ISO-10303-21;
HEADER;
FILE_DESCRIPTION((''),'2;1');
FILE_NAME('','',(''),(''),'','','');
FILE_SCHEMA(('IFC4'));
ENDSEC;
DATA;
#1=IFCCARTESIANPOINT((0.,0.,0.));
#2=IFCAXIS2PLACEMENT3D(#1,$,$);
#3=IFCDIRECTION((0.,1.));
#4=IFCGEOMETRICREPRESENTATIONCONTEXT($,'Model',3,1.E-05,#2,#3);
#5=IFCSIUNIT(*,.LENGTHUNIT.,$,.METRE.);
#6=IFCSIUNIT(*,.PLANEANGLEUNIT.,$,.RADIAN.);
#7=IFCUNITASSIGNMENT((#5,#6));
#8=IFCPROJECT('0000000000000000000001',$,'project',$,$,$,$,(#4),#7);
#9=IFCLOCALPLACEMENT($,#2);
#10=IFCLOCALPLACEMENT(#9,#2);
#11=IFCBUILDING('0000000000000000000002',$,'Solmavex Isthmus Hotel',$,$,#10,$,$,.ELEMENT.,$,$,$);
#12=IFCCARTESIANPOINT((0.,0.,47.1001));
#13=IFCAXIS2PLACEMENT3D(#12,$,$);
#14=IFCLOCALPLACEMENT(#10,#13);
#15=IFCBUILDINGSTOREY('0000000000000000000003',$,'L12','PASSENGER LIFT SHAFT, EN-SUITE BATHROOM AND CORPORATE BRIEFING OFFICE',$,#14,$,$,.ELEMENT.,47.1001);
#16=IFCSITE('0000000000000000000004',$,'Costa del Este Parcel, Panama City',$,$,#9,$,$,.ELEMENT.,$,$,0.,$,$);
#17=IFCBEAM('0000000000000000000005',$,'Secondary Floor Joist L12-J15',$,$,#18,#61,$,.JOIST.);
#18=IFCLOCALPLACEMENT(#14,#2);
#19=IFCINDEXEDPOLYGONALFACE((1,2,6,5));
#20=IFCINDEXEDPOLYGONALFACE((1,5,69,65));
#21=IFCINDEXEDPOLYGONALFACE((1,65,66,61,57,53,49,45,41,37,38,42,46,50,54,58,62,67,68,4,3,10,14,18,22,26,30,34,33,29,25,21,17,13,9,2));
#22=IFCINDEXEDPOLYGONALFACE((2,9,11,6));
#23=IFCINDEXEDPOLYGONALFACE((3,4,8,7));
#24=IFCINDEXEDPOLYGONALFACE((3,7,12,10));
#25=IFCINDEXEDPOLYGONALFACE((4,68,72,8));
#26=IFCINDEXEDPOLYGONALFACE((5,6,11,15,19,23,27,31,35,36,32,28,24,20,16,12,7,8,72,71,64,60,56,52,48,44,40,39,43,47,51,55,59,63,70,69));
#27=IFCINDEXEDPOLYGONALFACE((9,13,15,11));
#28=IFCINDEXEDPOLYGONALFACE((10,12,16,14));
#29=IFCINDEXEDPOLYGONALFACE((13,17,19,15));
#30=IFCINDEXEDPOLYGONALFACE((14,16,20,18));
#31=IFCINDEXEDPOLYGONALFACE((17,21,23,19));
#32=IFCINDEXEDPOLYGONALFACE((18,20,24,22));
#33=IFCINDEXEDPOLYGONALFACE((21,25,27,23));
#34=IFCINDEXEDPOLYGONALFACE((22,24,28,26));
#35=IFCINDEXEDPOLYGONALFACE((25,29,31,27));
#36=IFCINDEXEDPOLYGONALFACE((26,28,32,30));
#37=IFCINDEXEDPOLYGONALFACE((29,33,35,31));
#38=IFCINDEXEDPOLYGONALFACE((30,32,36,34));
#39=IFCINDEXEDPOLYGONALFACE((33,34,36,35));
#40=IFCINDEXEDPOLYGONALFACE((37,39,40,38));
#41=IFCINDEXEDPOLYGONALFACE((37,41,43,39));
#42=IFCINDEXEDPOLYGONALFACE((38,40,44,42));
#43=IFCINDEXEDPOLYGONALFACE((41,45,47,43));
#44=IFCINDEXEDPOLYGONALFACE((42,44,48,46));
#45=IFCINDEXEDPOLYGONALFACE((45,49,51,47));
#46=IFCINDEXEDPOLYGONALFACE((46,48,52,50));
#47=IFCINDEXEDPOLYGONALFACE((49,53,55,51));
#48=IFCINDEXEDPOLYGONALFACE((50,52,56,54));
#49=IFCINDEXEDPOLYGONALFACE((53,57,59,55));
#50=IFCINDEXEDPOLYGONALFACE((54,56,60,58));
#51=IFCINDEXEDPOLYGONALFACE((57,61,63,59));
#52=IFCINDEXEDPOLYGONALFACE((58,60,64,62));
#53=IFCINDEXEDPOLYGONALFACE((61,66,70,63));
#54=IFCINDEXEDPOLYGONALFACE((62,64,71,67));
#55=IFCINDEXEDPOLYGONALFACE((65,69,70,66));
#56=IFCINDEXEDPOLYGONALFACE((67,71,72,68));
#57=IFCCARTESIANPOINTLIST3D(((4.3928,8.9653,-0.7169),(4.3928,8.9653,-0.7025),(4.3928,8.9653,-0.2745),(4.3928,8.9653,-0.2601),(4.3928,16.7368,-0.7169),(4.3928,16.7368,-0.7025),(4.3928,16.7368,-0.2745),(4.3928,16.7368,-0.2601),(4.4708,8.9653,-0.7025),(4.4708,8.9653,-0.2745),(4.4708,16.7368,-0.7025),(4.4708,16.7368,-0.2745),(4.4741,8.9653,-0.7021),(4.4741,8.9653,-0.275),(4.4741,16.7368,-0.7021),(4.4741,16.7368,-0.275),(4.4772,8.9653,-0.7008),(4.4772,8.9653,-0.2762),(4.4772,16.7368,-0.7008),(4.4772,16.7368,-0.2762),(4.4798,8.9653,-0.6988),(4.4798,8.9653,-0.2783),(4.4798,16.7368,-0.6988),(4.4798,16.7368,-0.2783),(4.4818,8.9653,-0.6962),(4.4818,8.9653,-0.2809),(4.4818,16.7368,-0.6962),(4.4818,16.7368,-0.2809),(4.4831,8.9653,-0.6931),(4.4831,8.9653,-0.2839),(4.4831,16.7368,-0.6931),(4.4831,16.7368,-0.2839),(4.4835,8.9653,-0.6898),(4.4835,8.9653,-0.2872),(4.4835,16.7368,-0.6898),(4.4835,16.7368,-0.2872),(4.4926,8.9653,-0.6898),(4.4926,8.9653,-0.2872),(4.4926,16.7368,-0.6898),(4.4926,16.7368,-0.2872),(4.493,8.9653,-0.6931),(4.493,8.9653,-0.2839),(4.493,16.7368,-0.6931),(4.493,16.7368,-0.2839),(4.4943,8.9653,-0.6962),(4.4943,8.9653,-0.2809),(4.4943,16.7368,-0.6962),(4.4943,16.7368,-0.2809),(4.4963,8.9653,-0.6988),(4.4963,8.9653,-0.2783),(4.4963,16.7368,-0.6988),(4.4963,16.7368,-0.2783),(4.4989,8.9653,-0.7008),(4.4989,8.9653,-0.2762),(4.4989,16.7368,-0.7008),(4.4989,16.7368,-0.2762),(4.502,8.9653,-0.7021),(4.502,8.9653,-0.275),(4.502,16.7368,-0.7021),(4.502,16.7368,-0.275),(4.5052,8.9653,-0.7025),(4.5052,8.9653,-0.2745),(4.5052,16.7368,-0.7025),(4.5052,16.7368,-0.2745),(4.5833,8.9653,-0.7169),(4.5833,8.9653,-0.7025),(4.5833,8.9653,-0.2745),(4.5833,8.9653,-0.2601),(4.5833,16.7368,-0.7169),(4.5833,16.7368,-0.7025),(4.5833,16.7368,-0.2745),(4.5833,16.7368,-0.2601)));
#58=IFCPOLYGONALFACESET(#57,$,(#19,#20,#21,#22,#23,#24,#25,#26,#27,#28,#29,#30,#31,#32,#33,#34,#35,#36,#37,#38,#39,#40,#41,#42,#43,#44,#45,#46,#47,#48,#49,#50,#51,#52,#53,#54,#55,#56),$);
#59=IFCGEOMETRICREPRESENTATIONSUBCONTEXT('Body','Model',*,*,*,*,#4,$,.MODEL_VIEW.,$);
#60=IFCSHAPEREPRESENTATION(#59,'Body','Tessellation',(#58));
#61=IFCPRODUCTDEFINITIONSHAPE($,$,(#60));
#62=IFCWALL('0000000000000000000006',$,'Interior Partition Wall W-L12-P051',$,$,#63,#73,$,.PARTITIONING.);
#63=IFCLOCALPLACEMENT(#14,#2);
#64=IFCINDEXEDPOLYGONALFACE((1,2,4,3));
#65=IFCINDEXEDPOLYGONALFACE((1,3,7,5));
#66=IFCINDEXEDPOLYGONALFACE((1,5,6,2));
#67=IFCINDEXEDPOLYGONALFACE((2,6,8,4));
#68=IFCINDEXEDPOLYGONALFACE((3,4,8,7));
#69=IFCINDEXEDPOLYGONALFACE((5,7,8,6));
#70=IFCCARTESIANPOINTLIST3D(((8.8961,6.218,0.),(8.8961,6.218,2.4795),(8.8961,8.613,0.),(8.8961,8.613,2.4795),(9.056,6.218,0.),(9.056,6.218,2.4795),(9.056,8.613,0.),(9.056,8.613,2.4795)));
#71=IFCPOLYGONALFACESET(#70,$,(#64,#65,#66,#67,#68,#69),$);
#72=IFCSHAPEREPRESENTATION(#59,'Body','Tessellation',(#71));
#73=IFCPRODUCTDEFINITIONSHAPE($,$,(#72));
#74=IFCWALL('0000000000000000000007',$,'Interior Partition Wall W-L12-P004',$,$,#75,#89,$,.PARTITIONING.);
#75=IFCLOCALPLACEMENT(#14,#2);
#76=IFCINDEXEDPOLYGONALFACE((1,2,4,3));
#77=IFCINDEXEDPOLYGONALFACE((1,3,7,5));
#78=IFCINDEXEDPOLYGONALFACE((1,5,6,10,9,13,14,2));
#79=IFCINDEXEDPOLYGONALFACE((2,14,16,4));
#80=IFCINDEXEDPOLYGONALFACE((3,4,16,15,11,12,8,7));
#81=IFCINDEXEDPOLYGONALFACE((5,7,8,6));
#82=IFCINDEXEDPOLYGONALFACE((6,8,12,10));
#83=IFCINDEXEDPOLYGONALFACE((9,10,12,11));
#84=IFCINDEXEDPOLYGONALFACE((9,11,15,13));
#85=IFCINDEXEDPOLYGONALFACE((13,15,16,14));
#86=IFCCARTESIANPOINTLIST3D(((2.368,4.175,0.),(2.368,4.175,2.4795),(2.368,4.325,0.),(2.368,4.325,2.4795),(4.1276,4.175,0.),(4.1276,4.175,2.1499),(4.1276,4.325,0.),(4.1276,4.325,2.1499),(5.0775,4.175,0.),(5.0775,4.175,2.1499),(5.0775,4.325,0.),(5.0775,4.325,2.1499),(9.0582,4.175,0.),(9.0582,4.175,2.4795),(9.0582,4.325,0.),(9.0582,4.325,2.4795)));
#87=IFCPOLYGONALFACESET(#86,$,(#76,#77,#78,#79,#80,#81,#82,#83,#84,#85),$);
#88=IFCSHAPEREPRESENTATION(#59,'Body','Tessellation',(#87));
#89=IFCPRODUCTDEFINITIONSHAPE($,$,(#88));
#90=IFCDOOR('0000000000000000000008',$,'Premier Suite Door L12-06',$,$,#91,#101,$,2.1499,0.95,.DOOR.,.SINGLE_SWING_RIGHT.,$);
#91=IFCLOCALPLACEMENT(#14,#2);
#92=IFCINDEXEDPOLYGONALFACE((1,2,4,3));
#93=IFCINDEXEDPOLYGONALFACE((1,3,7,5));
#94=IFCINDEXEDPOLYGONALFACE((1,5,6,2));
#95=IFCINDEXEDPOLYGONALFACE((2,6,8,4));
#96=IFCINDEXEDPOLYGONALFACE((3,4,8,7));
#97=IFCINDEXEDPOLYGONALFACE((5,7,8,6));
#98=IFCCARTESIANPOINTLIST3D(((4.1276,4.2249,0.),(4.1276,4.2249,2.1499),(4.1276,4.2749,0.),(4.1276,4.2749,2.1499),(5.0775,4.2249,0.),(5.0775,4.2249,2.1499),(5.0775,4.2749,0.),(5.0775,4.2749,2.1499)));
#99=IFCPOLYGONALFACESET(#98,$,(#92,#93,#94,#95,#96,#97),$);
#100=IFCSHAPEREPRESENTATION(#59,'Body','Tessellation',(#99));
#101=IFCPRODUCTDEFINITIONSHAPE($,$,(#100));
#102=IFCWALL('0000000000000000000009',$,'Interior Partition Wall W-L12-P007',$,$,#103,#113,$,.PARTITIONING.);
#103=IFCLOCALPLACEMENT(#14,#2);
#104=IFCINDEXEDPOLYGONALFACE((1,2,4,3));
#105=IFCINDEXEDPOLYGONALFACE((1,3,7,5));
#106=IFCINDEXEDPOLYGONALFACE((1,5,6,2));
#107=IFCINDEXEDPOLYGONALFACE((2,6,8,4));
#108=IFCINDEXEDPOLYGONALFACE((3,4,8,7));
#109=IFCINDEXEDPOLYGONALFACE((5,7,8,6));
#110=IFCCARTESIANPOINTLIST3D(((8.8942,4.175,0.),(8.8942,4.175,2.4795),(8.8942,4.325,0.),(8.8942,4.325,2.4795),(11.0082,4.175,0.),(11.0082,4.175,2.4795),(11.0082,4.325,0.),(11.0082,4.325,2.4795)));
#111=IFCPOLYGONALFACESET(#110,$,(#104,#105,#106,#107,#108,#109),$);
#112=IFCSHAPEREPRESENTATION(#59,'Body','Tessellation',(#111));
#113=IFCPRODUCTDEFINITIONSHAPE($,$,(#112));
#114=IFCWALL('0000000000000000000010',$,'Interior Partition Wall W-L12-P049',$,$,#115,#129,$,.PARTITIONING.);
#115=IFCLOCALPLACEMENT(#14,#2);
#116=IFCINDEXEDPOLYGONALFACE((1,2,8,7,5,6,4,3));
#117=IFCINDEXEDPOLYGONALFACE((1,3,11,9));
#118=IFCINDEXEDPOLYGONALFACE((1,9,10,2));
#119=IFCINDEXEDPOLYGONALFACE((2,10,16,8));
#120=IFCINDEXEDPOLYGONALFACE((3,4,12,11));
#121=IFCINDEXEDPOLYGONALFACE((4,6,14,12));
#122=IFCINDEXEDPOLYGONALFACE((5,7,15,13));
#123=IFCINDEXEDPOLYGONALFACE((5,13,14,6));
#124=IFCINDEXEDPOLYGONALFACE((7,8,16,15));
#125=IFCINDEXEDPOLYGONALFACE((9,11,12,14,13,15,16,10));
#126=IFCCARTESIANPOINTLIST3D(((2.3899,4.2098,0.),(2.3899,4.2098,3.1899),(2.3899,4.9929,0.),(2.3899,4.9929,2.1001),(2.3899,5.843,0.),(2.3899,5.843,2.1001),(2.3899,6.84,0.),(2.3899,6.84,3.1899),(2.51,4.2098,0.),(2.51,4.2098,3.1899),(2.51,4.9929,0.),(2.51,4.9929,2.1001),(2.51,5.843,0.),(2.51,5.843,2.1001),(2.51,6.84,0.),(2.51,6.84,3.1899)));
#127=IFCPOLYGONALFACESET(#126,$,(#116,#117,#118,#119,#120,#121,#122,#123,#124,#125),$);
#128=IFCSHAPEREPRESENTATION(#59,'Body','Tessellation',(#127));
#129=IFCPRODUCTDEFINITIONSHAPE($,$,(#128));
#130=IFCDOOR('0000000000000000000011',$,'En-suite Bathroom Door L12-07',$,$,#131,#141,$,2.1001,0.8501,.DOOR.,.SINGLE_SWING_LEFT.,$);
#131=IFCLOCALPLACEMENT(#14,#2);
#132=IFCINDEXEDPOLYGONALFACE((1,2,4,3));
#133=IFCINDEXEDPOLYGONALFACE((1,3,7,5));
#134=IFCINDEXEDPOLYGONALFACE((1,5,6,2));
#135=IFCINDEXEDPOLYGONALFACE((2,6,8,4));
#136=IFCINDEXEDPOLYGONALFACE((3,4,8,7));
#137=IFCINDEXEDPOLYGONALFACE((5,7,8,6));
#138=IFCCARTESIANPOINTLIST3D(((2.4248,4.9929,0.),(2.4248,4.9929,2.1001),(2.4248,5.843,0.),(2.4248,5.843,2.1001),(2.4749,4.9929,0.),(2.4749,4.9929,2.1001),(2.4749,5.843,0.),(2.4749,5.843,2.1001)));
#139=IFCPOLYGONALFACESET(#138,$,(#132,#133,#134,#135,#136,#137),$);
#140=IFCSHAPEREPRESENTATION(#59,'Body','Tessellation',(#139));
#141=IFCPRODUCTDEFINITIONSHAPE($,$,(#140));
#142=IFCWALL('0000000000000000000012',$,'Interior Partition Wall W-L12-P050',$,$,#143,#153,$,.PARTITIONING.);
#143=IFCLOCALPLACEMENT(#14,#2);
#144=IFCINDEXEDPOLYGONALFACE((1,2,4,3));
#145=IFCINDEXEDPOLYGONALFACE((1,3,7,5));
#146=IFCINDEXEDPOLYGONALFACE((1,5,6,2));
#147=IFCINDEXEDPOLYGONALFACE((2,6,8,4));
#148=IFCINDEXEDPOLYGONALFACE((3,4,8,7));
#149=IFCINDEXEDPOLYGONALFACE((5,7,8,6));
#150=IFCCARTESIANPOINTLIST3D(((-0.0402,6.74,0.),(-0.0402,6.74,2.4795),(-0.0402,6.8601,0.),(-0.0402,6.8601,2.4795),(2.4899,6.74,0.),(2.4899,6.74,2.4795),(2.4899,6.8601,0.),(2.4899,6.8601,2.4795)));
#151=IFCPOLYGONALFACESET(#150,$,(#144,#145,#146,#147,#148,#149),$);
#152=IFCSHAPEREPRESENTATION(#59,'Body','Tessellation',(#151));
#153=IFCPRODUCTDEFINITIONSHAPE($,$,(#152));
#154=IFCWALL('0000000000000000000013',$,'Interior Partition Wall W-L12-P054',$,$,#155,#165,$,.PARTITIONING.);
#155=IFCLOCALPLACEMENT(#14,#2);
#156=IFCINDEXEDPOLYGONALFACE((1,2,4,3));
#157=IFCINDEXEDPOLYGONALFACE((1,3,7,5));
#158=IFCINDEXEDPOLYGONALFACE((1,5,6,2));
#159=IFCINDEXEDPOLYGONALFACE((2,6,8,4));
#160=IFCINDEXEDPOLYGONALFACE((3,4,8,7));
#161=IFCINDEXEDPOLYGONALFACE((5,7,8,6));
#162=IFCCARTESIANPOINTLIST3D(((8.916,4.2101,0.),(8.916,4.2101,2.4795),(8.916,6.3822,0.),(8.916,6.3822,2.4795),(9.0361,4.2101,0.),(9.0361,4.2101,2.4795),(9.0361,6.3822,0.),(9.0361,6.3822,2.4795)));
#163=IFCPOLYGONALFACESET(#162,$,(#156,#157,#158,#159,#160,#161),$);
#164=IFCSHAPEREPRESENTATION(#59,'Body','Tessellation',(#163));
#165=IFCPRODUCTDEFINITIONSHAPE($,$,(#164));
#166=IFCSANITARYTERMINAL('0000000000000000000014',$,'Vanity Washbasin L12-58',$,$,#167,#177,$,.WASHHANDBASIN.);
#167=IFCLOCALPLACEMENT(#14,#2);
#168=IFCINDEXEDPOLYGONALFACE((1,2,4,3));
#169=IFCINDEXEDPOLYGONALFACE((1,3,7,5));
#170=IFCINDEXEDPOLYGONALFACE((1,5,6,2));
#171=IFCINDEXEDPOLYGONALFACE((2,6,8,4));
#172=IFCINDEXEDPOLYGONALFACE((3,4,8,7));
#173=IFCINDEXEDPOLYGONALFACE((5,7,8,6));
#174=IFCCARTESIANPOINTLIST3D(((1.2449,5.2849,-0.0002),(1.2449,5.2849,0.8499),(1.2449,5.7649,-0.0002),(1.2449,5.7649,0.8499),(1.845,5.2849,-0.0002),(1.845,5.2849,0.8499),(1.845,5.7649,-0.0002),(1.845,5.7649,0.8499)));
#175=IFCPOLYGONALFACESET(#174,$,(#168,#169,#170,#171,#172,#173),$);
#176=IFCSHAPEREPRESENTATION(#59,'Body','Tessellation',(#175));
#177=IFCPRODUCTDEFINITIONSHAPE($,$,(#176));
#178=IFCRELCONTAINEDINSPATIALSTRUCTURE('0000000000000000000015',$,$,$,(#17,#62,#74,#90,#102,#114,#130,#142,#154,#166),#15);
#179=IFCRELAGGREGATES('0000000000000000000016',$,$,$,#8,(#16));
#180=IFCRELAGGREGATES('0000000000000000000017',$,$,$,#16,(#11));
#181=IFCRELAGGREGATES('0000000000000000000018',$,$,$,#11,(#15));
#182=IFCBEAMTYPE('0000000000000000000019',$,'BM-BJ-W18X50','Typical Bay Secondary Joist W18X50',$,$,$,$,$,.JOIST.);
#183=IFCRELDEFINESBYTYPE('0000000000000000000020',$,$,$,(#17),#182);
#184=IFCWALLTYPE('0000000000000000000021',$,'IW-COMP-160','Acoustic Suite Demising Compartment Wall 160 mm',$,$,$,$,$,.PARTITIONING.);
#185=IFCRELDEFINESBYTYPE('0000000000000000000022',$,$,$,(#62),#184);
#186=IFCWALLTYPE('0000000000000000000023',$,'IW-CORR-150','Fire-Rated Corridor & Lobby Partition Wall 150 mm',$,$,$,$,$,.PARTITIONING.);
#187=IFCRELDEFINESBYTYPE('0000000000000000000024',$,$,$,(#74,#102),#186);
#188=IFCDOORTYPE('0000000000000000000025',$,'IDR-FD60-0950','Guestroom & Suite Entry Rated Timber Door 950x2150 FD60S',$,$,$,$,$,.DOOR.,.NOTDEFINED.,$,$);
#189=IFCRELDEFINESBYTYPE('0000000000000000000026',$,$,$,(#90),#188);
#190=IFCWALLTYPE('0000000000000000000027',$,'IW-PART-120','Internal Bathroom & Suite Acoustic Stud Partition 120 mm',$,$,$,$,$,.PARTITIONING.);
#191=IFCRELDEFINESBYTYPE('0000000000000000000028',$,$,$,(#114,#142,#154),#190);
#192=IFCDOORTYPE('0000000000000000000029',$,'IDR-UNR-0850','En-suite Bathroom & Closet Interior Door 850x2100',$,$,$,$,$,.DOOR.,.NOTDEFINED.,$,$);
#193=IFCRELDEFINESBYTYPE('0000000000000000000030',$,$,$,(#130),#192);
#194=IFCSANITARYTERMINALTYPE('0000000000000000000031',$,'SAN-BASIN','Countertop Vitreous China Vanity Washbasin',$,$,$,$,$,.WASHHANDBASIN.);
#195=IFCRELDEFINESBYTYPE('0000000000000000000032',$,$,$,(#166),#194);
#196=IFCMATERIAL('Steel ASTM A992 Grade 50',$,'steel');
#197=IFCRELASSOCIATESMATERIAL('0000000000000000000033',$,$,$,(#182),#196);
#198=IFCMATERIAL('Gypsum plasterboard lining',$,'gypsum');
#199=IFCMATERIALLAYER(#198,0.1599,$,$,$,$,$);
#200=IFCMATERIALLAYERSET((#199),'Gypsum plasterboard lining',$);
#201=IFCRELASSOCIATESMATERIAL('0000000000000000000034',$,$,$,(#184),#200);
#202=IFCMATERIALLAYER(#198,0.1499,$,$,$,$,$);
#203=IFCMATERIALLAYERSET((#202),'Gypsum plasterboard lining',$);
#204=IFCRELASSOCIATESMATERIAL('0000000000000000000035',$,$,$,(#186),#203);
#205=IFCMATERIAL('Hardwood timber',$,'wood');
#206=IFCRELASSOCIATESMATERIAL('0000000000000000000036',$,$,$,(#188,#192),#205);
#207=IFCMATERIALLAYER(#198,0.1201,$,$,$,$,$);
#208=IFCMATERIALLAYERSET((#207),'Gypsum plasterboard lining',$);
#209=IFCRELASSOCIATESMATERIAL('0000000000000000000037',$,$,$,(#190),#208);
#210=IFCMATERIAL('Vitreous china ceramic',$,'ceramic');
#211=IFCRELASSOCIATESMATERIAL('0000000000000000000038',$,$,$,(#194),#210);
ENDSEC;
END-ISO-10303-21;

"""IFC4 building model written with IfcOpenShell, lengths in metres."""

from ifc_helpers import new_model, si_unit, direction, frame, frame_2d, origin, origin_2d, place, context, subcontext, project, spatial, rectangle, i_section, extrude, material, layer, layer_set, material_profile, profile_set, type_object, element, fill, save


model = new_model("IFC4")

# Units and contexts
model_context = context("Model", 3, precision=1e-05, world=origin(), true_north=direction((0.0, 1.0)))
body_context = subcontext(model_context, "Body", "Model", "MODEL_VIEW")
ifc_project = project(units=[si_unit("LENGTHUNIT", "METRE"), si_unit("PLANEANGLEUNIT", "RADIAN")], contexts=[model_context])

# Site, building, storey
site_placement = place(None, origin())
site = spatial("IfcSite", under=ifc_project, at=site_placement, Name="Costa del Este Parcel, Panama City", CompositionType="ELEMENT", RefElevation=0.0)
building_placement = place(site_placement, origin())
building = spatial("IfcBuilding", under=site, at=building_placement, Name="Solmavex Isthmus Hotel", CompositionType="ELEMENT")
storey_placement = place(building_placement, frame((0.0, 0.0, 47.1001)))
storey = spatial("IfcBuildingStorey", under=building, at=storey_placement, Name="L12", Description="PASSENGER LIFT SHAFT, EN-SUITE BATHROOM AND CORPORATE BRIEFING OFFICE", CompositionType="ELEMENT", Elevation=47.1001)

# Beam
ifc_material_1 = material(Name="Steel ASTM A992 Grade 50", Category="steel")
ifc_material_profile_1 = material_profile(ifc_material_1, i_section(OverallWidth=0.1904, OverallDepth=0.4568, WebThickness=0.009, FlangeThickness=0.0144, FilletRadius=0.0127, at=origin_2d()), Name="W18X50")
ifc_profile_set_1 = profile_set([ifc_material_profile_1], Name="Steel ASTM A992 Grade 50")
beam_type_1 = type_object("IfcBeamType", Name="BM-BJ-W18X50", Description="Typical Bay Secondary Joist W18X50", PredefinedType="JOIST", material=ifc_profile_set_1)
beam_1_placement = place(storey_placement, frame((4.488, 8.9653, -0.4885), z_axis=(0.0, 1.0, 0.0), x_axis=(-1.0, 0.0, 0.0)))
element("IfcBeam", 1, at=beam_1_placement, inside=storey, type_object=beam_type_1, Name="Secondary Floor Joist L12-J15", PredefinedType="JOIST", context=body_context, shape_type="SweptSolid", body=[
    extrude(i_section(OverallWidth=0.1904, OverallDepth=0.4568, WebThickness=0.009, FlangeThickness=0.0144, FilletRadius=0.0127, at=origin_2d()), origin(), (0.0, 0.0, 1.0), 7.7715),
])

# Wall
ifc_material_2 = material(Name="Gypsum plasterboard lining", Category="gypsum")
ifc_layer_1 = layer(ifc_material_2, 0.1599)
ifc_layer_set_1 = layer_set([ifc_layer_1], Name="Gypsum plasterboard lining")
wall_type_1 = type_object("IfcWallType", Name="IW-COMP-160", Description="Acoustic Suite Demising Compartment Wall 160 mm", PredefinedType="PARTITIONING", material=ifc_layer_set_1)
wall_1_placement = place(storey_placement, frame((8.9761, 8.613, 0.0), z_axis=(0.0, 0.0, 1.0), x_axis=(0.0, -1.0, 0.0)))
element("IfcWall", 2, at=wall_1_placement, inside=storey, type_object=wall_type_1, Name="Interior Partition Wall W-L12-P051", PredefinedType="PARTITIONING", context=body_context, shape_type="SweptSolid", body=[
    extrude(rectangle(XDim=2.395, YDim=0.1599, at=frame_2d((1.1975, 0.0))), origin(), (0.0, 0.0, 1.0), 2.4795),
])

# Wall, opening, door
ifc_layer_2 = layer(ifc_material_2, 0.1499)
ifc_layer_set_2 = layer_set([ifc_layer_2], Name="Gypsum plasterboard lining")
wall_type_2 = type_object("IfcWallType", Name="IW-CORR-150", Description="Fire-Rated Corridor & Lobby Partition Wall 150 mm", PredefinedType="PARTITIONING", material=ifc_layer_set_2)
wall_2_placement = place(storey_placement, frame((2.3679, 4.25, 0.0), z_axis=(0.0, 0.0, 1.0), x_axis=(1.0, 0.0, 0.0)))
wall_2 = element("IfcWall", 3, at=wall_2_placement, inside=storey, type_object=wall_type_2, Name="Interior Partition Wall W-L12-P004", PredefinedType="PARTITIONING", context=body_context, shape_type="SweptSolid", body=[
    extrude(rectangle(XDim=6.6902, YDim=0.1499, at=frame_2d((3.3452, 0.0))), origin(), (0.0, 0.0, 1.0), 2.4795),
])
opening_1_placement = place(wall_2_placement, frame((1.7595, 0.0, 0.0)))
opening_1 = element("IfcOpeningElement", 4, at=opening_1_placement, cuts=wall_2, PredefinedType="OPENING", context=body_context, shape_type="SweptSolid", body=[
    extrude(rectangle(XDim=0.95, YDim=2.1499, at=frame_2d((0.4751, 1.075))), frame((0.0, 0.085, 0.0), z_axis=(0.0, -1.0, 0.0), x_axis=(1.0, 0.0, 0.0)), (0.0, 0.0, 1.0), 0.1699),
])
ifc_material_3 = material(Name="Hardwood timber", Category="wood")
door_type_1 = type_object("IfcDoorType", Name="IDR-FD60-0950", Description="Guestroom & Suite Entry Rated Timber Door 950x2150 FD60S", OperationType="NOTDEFINED", PredefinedType="DOOR", material=ifc_material_3)
door_1_placement = place(opening_1_placement, origin())
door_1 = element("IfcDoor", 5, at=door_1_placement, inside=storey, type_object=door_type_1, Name="Premier Suite Door L12-06", OperationType="SINGLE_SWING_RIGHT", OverallHeight=2.1499, OverallWidth=0.95, PredefinedType="DOOR", context=body_context, shape_type="SweptSolid", body=[
    extrude(rectangle(XDim=0.95, YDim=2.1499, at=frame_2d((0.4751, 1.075))), frame((0.0, 0.0249, 0.0), z_axis=(0.0, -1.0, 0.0), x_axis=(1.0, 0.0, 0.0)), (0.0, 0.0, 1.0), 0.05),
])
fill(opening_1, door_1)

# Wall
wall_3_placement = place(storey_placement, frame((8.894, 4.25, 0.0), z_axis=(0.0, 0.0, 1.0), x_axis=(1.0, 0.0, 0.0)))
element("IfcWall", 6, at=wall_3_placement, inside=storey, type_object=wall_type_2, Name="Interior Partition Wall W-L12-P007", PredefinedType="PARTITIONING", context=body_context, shape_type="SweptSolid", body=[
    extrude(rectangle(XDim=2.114, YDim=0.1499, at=frame_2d((1.0571, 0.0))), origin(), (0.0, 0.0, 1.0), 2.4795),
])

# Wall, opening, door
ifc_layer_3 = layer(ifc_material_2, 0.1201)
ifc_layer_set_3 = layer_set([ifc_layer_3], Name="Gypsum plasterboard lining")
wall_type_3 = type_object("IfcWallType", Name="IW-PART-120", Description="Internal Bathroom & Suite Acoustic Stud Partition 120 mm", PredefinedType="PARTITIONING", material=ifc_layer_set_3)
wall_4_placement = place(storey_placement, frame((2.45, 4.21, 0.0), z_axis=(0.0, 0.0, 1.0), x_axis=(0.0, 1.0, 0.0)))
wall_4 = element("IfcWall", 7, at=wall_4_placement, inside=storey, type_object=wall_type_3, Name="Interior Partition Wall W-L12-P049", PredefinedType="PARTITIONING", context=body_context, shape_type="SweptSolid", body=[
    extrude(rectangle(XDim=2.6301, YDim=0.1201, at=frame_2d((1.3149, 0.0))), origin(), (0.0, 0.0, 1.0), 3.1899),
])
opening_2_placement = place(wall_4_placement, frame((0.783, 0.0, 0.0)))
opening_2 = element("IfcOpeningElement", 8, at=opening_2_placement, cuts=wall_4, PredefinedType="OPENING", context=body_context, shape_type="SweptSolid", body=[
    extrude(rectangle(XDim=0.8501, YDim=2.1001, at=frame_2d((0.425, 1.05))), frame((0.0, 0.0701, 0.0), z_axis=(0.0, -1.0, 0.0), x_axis=(1.0, 0.0, 0.0)), (0.0, 0.0, 1.0), 0.1401),
])
door_type_2 = type_object("IfcDoorType", Name="IDR-UNR-0850", Description="En-suite Bathroom & Closet Interior Door 850x2100", OperationType="NOTDEFINED", PredefinedType="DOOR", material=ifc_material_3)
door_2_placement = place(opening_2_placement, frame((0.8501, 0.0, 0.0), z_axis=(0.0, 0.0, 1.0), x_axis=(-1.0, 0.0, 0.0)))
door_2 = element("IfcDoor", 9, at=door_2_placement, inside=storey, type_object=door_type_2, Name="En-suite Bathroom Door L12-07", OperationType="SINGLE_SWING_LEFT", OverallHeight=2.1001, OverallWidth=0.8501, PredefinedType="DOOR", context=body_context, shape_type="SweptSolid", body=[
    extrude(rectangle(XDim=0.8501, YDim=2.1001, at=frame_2d((0.425, 1.05))), frame((0.0, 0.0249, 0.0), z_axis=(0.0, -1.0, 0.0), x_axis=(1.0, 0.0, 0.0)), (0.0, 0.0, 1.0), 0.05),
])
fill(opening_2, door_2)

# Walls
wall_5_placement = place(storey_placement, frame((2.49, 6.8, 0.0), z_axis=(0.0, 0.0, 1.0), x_axis=(-1.0, 0.0, 0.0)))
element("IfcWall", 10, at=wall_5_placement, inside=storey, type_object=wall_type_3, Name="Interior Partition Wall W-L12-P050", PredefinedType="PARTITIONING", context=body_context, shape_type="SweptSolid", body=[
    extrude(rectangle(XDim=2.53, YDim=0.1201, at=frame_2d((1.2651, 0.0))), origin(), (0.0, 0.0, 1.0), 2.4795),
])
wall_6_placement = place(storey_placement, frame((8.9761, 6.3821, 0.0), z_axis=(0.0, 0.0, 1.0), x_axis=(0.0, -1.0, 0.0)))
element("IfcWall", 11, at=wall_6_placement, inside=storey, type_object=wall_type_3, Name="Interior Partition Wall W-L12-P054", PredefinedType="PARTITIONING", context=body_context, shape_type="SweptSolid", body=[
    extrude(rectangle(XDim=2.1721, YDim=0.1201, at=frame_2d((1.0859, 0.0))), origin(), (0.0, 0.0, 1.0), 2.4795),
])

# Sanitary terminal
ifc_material_4 = material(Name="Vitreous china ceramic", Category="ceramic")
sanitary_terminal_type_1 = type_object("IfcSanitaryTerminalType", Name="SAN-BASIN", Description="Countertop Vitreous China Vanity Washbasin", PredefinedType="WASHHANDBASIN", material=ifc_material_4)
sanitary_terminal_1_placement = place(storey_placement, frame((1.5449, 5.5249, -0.0002), z_axis=(0.0, 0.0, 1.0), x_axis=(1.0, 0.0, 0.0)))
element("IfcSanitaryTerminal", 12, at=sanitary_terminal_1_placement, inside=storey, type_object=sanitary_terminal_type_1, Name="Vanity Washbasin L12-58", PredefinedType="WASHHANDBASIN", context=body_context, shape_type="SweptSolid", body=[
    extrude(rectangle(XDim=0.6001, YDim=0.48, at=origin_2d()), origin(), (0.0, 0.0, 1.0), 0.8501),
])

save(model, "model.ifc")
